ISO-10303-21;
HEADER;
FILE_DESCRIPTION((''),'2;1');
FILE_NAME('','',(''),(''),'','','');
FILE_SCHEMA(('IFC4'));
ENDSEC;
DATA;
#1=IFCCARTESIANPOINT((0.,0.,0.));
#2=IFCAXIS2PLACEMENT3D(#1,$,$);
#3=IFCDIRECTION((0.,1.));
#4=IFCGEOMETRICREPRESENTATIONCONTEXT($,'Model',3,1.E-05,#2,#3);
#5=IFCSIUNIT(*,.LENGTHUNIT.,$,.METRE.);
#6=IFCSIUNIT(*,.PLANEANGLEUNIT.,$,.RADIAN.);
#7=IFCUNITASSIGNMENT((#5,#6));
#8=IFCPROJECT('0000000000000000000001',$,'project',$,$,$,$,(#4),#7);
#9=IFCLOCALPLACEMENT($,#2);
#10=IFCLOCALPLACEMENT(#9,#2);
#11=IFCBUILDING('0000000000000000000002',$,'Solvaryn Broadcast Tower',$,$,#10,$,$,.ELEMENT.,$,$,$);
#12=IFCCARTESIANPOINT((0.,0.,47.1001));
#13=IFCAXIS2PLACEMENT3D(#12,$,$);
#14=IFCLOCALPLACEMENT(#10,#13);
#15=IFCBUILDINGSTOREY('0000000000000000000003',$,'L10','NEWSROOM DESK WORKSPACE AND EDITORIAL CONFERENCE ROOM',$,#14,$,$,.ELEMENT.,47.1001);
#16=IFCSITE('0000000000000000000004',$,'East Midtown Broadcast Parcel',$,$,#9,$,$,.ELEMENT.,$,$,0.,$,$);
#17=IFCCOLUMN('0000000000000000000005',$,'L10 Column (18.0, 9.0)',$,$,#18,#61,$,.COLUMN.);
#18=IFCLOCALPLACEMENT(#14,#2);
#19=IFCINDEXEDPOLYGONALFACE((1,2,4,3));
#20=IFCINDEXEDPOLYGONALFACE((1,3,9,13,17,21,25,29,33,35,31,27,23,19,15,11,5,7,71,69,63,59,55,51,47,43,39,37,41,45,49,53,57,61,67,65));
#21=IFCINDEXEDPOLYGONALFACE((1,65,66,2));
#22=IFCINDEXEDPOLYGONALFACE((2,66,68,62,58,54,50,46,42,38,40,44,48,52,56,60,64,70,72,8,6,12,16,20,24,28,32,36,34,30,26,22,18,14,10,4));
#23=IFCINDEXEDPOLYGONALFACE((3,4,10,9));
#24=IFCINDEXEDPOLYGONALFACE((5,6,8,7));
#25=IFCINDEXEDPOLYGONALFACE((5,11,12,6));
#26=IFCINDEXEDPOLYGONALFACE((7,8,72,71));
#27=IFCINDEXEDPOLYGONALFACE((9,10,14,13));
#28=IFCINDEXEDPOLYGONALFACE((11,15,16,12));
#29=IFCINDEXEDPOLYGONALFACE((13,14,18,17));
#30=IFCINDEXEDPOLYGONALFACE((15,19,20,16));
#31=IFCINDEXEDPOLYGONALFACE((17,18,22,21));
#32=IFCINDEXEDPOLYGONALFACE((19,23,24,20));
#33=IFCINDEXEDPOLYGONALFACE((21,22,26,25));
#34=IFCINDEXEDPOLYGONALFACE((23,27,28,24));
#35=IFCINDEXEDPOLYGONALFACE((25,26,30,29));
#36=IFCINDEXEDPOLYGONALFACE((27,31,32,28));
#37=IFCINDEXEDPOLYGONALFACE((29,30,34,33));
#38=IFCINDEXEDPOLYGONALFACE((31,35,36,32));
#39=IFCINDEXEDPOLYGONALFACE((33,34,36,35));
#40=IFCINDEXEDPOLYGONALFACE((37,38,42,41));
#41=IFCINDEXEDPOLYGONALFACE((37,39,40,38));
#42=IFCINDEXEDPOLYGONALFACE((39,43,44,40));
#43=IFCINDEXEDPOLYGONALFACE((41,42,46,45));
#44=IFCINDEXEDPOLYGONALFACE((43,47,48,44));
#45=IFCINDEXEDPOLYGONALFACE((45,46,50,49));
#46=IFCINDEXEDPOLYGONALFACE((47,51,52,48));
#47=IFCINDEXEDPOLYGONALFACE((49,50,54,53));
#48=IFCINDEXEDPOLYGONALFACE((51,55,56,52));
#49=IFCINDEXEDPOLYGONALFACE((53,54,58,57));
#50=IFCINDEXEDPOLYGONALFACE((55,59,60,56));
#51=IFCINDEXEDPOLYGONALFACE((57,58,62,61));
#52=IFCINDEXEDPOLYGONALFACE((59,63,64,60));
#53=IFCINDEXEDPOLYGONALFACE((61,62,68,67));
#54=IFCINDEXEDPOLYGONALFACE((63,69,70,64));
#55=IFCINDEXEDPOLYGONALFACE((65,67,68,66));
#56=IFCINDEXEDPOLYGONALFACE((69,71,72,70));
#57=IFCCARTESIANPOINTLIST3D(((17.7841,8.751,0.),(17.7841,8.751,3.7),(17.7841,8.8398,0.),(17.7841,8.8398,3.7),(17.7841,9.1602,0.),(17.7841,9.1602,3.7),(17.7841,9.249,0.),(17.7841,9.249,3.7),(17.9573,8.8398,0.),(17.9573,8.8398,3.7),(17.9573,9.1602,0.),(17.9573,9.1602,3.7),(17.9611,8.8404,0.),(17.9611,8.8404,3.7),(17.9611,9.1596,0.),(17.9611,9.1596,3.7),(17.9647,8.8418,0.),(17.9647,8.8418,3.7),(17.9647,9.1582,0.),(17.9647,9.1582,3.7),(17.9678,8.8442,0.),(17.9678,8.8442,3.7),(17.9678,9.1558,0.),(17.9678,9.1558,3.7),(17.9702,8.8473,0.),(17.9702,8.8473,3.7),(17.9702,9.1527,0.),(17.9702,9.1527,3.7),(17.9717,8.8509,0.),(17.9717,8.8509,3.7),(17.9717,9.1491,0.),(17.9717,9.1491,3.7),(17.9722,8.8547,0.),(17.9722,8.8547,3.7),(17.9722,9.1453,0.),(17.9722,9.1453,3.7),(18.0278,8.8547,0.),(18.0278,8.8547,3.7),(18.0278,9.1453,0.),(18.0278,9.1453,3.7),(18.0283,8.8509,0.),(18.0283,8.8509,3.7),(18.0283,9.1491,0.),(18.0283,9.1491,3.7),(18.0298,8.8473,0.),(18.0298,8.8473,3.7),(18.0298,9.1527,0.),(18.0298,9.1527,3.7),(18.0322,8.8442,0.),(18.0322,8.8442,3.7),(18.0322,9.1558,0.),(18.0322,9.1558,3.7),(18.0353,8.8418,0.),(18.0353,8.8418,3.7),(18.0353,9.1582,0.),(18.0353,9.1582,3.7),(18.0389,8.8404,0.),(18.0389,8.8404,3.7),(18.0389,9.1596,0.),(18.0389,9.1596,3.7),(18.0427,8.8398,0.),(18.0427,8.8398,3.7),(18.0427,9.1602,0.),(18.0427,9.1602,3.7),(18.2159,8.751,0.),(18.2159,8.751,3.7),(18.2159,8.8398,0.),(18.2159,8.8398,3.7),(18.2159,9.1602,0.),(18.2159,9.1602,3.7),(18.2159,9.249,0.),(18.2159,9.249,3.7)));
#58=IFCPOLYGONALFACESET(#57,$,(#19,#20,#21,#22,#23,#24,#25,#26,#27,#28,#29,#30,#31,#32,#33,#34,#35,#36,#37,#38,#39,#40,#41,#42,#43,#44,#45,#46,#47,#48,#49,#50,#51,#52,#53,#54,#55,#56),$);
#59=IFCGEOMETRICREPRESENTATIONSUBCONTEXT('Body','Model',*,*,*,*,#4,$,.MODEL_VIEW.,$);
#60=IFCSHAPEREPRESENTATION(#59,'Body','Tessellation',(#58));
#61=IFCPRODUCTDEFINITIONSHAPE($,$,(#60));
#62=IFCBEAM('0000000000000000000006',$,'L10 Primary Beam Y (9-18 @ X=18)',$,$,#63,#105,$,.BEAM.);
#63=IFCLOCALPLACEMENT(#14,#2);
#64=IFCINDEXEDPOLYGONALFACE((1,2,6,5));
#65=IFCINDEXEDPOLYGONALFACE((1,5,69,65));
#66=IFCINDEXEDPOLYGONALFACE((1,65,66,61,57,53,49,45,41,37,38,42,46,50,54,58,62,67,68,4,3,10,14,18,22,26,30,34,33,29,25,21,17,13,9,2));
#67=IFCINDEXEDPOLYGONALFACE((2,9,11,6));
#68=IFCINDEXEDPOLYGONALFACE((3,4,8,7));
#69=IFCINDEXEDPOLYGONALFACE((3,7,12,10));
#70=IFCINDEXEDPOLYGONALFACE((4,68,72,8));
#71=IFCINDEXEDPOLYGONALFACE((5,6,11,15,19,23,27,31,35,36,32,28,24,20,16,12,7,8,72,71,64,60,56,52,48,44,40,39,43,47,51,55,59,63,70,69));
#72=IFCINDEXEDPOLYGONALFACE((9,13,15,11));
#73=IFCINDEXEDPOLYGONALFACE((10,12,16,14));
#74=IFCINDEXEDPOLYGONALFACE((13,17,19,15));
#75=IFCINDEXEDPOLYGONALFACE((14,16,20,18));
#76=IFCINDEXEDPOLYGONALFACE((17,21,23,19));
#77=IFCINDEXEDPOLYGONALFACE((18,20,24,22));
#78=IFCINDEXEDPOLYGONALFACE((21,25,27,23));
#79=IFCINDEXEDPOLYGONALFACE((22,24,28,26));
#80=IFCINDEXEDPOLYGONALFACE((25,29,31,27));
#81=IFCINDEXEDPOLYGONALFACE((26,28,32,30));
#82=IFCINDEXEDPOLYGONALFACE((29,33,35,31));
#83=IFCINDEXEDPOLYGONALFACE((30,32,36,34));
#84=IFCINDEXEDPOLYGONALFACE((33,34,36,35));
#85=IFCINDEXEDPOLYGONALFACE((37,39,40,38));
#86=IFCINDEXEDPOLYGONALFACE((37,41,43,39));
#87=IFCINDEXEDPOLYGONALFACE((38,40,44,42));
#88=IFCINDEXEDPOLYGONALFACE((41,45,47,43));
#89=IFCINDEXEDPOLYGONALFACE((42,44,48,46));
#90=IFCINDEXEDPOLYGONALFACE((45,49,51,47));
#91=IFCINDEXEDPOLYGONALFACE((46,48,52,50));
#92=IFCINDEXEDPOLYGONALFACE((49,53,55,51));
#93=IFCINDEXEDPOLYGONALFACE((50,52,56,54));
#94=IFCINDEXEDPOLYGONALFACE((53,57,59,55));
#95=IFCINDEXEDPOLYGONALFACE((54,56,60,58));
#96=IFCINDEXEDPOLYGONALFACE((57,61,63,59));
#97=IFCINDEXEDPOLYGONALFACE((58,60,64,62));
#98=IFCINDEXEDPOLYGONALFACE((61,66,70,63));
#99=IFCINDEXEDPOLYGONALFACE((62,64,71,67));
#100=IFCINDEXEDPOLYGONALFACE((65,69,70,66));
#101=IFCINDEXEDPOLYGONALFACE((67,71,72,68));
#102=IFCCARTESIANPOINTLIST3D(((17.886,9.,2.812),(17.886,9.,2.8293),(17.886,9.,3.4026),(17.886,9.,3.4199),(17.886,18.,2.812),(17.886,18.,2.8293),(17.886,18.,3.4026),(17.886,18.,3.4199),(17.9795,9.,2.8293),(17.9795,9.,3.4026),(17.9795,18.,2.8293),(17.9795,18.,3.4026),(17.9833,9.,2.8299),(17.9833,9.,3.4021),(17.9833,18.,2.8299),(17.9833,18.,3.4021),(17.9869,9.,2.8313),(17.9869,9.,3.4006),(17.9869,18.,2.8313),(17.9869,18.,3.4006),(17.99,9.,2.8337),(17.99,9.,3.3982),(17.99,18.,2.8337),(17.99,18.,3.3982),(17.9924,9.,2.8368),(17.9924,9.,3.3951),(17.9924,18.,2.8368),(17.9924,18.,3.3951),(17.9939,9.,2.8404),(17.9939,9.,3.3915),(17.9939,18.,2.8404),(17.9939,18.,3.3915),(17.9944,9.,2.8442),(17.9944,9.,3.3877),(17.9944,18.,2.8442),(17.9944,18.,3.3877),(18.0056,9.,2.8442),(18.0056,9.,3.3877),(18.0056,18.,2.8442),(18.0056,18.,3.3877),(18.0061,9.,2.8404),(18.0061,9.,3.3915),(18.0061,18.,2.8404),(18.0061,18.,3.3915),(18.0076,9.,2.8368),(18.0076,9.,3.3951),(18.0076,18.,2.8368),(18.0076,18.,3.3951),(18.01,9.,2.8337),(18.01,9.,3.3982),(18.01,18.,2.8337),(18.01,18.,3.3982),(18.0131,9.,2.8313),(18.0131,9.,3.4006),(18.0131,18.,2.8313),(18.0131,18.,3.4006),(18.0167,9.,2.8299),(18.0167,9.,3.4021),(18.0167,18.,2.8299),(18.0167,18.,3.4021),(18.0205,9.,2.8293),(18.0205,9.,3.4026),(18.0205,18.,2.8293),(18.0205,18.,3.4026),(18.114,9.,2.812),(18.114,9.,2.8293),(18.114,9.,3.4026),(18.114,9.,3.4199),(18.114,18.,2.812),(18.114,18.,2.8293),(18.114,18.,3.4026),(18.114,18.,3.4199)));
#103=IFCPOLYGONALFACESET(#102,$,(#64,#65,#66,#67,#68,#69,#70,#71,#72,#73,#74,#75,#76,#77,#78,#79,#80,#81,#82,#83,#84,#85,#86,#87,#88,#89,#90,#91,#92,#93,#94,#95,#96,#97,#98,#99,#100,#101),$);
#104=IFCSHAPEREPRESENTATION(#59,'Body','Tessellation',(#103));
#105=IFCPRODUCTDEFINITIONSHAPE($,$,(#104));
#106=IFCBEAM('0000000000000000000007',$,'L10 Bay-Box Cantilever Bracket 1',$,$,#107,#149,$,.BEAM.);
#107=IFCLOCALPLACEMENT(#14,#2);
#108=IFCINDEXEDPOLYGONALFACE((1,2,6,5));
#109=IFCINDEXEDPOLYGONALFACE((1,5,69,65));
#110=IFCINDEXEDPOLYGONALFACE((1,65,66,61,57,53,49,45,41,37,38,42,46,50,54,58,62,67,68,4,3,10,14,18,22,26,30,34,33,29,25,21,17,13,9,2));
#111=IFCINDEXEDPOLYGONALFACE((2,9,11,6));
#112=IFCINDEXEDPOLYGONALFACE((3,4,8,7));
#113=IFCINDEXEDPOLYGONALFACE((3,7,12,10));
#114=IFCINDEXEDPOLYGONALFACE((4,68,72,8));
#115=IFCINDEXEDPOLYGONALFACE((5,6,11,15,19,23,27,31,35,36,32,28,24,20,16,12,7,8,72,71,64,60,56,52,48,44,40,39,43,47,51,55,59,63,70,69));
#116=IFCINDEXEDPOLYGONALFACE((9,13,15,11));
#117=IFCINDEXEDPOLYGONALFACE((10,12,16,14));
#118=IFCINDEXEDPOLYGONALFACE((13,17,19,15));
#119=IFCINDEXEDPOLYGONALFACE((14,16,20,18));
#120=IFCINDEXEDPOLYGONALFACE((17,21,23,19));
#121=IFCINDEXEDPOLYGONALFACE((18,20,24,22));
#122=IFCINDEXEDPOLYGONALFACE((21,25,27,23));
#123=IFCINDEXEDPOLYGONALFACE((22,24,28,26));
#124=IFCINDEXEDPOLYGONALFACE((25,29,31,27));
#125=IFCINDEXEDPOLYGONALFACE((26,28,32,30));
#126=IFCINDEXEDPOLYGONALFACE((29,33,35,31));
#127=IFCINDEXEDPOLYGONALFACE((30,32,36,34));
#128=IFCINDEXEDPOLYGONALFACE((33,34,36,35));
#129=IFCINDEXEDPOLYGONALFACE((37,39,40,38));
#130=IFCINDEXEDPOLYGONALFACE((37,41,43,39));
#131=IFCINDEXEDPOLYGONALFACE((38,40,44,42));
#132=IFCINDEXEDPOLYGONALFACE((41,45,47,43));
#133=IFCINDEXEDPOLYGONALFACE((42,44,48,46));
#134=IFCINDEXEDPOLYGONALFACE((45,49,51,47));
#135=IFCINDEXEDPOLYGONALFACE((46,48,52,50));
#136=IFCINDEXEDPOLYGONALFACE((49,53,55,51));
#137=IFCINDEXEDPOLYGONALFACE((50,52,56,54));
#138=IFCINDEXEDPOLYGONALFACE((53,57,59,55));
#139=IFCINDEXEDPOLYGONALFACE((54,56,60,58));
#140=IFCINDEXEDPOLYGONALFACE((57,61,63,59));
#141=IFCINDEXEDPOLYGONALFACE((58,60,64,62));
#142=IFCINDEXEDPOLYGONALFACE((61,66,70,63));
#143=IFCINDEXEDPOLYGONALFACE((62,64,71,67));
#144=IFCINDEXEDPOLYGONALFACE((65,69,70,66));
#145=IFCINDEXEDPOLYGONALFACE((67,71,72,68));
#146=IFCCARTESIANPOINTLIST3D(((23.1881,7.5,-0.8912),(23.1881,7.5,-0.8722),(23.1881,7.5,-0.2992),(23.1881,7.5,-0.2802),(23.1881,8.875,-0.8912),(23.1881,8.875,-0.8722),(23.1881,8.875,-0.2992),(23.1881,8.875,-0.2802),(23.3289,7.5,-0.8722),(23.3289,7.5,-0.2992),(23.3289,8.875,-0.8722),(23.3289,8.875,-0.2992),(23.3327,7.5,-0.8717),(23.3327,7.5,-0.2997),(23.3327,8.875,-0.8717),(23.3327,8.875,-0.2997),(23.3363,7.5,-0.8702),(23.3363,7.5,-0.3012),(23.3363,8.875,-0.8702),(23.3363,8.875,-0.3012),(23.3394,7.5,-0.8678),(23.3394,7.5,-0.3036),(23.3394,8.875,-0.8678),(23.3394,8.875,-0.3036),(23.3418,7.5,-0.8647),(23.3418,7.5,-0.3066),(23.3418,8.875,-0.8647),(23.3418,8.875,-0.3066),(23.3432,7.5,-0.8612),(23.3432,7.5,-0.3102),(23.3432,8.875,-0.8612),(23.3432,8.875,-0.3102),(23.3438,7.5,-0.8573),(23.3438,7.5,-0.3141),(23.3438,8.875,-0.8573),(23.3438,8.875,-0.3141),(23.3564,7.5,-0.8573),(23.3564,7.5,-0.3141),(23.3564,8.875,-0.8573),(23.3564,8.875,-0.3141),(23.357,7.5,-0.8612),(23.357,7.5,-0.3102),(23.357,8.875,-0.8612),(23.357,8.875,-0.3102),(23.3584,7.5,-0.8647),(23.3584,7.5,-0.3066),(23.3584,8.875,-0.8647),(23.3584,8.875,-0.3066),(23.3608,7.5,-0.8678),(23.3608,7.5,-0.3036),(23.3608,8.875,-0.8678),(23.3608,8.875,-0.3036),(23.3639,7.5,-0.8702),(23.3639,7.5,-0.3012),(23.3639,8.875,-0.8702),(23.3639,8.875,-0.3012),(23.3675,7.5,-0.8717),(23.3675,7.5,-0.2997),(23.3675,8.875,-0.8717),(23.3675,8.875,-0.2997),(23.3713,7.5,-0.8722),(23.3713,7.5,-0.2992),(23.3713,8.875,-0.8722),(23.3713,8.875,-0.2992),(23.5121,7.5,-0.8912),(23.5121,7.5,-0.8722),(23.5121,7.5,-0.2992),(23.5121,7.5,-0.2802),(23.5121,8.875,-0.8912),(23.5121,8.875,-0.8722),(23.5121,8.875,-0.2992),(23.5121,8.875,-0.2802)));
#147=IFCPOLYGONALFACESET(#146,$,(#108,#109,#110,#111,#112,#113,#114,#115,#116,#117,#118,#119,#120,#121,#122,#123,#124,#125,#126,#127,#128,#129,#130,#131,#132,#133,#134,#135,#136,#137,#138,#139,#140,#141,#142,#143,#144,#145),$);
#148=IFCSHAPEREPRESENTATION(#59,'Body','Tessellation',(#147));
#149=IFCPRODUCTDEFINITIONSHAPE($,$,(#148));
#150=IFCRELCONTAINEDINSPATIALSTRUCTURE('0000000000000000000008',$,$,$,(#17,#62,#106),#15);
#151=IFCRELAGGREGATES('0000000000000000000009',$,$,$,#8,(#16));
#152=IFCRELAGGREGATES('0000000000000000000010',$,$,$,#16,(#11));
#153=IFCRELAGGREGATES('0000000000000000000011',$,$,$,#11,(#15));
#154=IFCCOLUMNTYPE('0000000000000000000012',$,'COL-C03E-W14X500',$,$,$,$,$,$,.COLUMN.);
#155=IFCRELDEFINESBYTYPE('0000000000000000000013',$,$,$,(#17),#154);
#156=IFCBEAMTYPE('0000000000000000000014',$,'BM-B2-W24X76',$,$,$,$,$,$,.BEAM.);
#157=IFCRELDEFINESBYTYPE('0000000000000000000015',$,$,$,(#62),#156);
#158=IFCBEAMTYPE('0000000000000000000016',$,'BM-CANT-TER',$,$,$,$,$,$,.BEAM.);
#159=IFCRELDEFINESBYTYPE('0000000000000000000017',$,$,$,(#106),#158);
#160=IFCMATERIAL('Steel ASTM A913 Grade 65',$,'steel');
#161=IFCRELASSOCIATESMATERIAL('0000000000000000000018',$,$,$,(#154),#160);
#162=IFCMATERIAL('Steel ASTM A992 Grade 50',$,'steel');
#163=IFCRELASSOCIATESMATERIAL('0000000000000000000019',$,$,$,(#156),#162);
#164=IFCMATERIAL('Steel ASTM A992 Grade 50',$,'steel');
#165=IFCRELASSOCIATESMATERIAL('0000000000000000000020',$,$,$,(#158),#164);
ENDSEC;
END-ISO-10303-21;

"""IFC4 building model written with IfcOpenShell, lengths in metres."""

from ifc_helpers import new_model, si_unit, direction, frame, origin, origin_2d, place, context, subcontext, project, spatial, i_section, extrude, material, material_profile, profile_set, type_object, element, save


model = new_model("IFC4")

# Units and contexts
model_context = context("Model", 3, precision=1e-05, world=origin(), true_north=direction((0.0, 1.0)))
body_context = subcontext(model_context, "Body", "Model", "MODEL_VIEW")
ifc_project = project(units=[si_unit("LENGTHUNIT", "METRE"), si_unit("PLANEANGLEUNIT", "RADIAN")], contexts=[model_context])

# Site, building, storey
site_placement = place(None, origin())
site = spatial("IfcSite", under=ifc_project, at=site_placement, Name="East Midtown Broadcast Parcel", CompositionType="ELEMENT", RefElevation=0.0)
building_placement = place(site_placement, origin())
building = spatial("IfcBuilding", under=site, at=building_placement, Name="Solvaryn Broadcast Tower", CompositionType="ELEMENT")
storey_placement = place(building_placement, frame((0.0, 0.0, 47.1001)))
storey = spatial("IfcBuildingStorey", under=building, at=storey_placement, Name="L10", Description="NEWSROOM DESK WORKSPACE AND EDITORIAL CONFERENCE ROOM", CompositionType="ELEMENT", Elevation=47.1001)

# Column
ifc_material_1 = material(Name="Steel ASTM A913 Grade 65", Category="steel")
ifc_material_profile_1 = material_profile(ifc_material_1, i_section(OverallWidth=0.4319, OverallDepth=0.498, WebThickness=0.0557, FlangeThickness=0.0889, FilletRadius=0.0149, at=origin_2d()))
ifc_profile_set_1 = profile_set([ifc_material_profile_1], Name="Steel ASTM A913 Grade 65")
column_type = type_object("IfcColumnType", Name="COL-C03E-W14X500", PredefinedType="COLUMN", material=ifc_profile_set_1)
column_placement = place(storey_placement, frame((18.0, 9.0, 0.0), z_axis=(0.0, 0.0, 1.0), x_axis=(1.0, 0.0, 0.0)))
element("IfcColumn", 1, at=column_placement, inside=storey, type_object=column_type, Name="L10 Column (18.0, 9.0)", PredefinedType="COLUMN", context=body_context, shape_type="SweptSolid", body=[
    extrude(i_section(OverallWidth=0.4319, OverallDepth=0.498, WebThickness=0.0557, FlangeThickness=0.0889, FilletRadius=0.0149, at=origin_2d()), origin(), (0.0, 0.0, 1.0), 3.7),
])

# Beams
ifc_material_2 = material(Name="Steel ASTM A992 Grade 50", Category="steel")
ifc_material_profile_2 = material_profile(ifc_material_2, i_section(OverallWidth=0.228, OverallDepth=0.6079, WebThickness=0.0112, FlangeThickness=0.0173, FilletRadius=0.0149, at=origin_2d()))
ifc_profile_set_2 = profile_set([ifc_material_profile_2], Name="Steel ASTM A992 Grade 50")
beam_type_1 = type_object("IfcBeamType", Name="BM-B2-W24X76", PredefinedType="BEAM", material=ifc_profile_set_2)
beam_1_placement = place(storey_placement, frame((18.0, 9.0, 3.116), z_axis=(0.0, 1.0, 0.0), x_axis=(-1.0, 0.0, 0.0)))
element("IfcBeam", 2, at=beam_1_placement, inside=storey, type_object=beam_type_1, Name="L10 Primary Beam Y (9-18 @ X=18)", PredefinedType="BEAM", context=body_context, shape_type="SweptSolid", body=[
    extrude(i_section(OverallWidth=0.228, OverallDepth=0.6079, WebThickness=0.0112, FlangeThickness=0.0173, FilletRadius=0.0149, at=origin_2d()), origin(), (0.0, 0.0, 1.0), 9.0),
])
ifc_material_3 = material(Name="Steel ASTM A992 Grade 50", Category="steel")
ifc_material_profile_3 = material_profile(ifc_material_3, i_section(OverallWidth=0.324, OverallDepth=0.6111, WebThickness=0.0127, FlangeThickness=0.019, FilletRadius=0.0149, at=origin_2d()))
ifc_profile_set_3 = profile_set([ifc_material_profile_3], Name="Steel ASTM A992 Grade 50")
beam_type_2 = type_object("IfcBeamType", Name="BM-CANT-TER", PredefinedType="BEAM", material=ifc_profile_set_3)
beam_2_placement = place(storey_placement, frame((23.3501, 8.875, -0.5857), z_axis=(0.0, -1.0, 0.0), x_axis=(1.0, 0.0, 0.0)))
element("IfcBeam", 3, at=beam_2_placement, inside=storey, type_object=beam_type_2, Name="L10 Bay-Box Cantilever Bracket 1", PredefinedType="BEAM", context=body_context, shape_type="SweptSolid", body=[
    extrude(i_section(OverallWidth=0.324, OverallDepth=0.6111, WebThickness=0.0127, FlangeThickness=0.019, FilletRadius=0.0149, at=origin_2d()), origin(), (0.0, 0.0, 1.0), 1.375),
])

save(model, "model.ifc")
